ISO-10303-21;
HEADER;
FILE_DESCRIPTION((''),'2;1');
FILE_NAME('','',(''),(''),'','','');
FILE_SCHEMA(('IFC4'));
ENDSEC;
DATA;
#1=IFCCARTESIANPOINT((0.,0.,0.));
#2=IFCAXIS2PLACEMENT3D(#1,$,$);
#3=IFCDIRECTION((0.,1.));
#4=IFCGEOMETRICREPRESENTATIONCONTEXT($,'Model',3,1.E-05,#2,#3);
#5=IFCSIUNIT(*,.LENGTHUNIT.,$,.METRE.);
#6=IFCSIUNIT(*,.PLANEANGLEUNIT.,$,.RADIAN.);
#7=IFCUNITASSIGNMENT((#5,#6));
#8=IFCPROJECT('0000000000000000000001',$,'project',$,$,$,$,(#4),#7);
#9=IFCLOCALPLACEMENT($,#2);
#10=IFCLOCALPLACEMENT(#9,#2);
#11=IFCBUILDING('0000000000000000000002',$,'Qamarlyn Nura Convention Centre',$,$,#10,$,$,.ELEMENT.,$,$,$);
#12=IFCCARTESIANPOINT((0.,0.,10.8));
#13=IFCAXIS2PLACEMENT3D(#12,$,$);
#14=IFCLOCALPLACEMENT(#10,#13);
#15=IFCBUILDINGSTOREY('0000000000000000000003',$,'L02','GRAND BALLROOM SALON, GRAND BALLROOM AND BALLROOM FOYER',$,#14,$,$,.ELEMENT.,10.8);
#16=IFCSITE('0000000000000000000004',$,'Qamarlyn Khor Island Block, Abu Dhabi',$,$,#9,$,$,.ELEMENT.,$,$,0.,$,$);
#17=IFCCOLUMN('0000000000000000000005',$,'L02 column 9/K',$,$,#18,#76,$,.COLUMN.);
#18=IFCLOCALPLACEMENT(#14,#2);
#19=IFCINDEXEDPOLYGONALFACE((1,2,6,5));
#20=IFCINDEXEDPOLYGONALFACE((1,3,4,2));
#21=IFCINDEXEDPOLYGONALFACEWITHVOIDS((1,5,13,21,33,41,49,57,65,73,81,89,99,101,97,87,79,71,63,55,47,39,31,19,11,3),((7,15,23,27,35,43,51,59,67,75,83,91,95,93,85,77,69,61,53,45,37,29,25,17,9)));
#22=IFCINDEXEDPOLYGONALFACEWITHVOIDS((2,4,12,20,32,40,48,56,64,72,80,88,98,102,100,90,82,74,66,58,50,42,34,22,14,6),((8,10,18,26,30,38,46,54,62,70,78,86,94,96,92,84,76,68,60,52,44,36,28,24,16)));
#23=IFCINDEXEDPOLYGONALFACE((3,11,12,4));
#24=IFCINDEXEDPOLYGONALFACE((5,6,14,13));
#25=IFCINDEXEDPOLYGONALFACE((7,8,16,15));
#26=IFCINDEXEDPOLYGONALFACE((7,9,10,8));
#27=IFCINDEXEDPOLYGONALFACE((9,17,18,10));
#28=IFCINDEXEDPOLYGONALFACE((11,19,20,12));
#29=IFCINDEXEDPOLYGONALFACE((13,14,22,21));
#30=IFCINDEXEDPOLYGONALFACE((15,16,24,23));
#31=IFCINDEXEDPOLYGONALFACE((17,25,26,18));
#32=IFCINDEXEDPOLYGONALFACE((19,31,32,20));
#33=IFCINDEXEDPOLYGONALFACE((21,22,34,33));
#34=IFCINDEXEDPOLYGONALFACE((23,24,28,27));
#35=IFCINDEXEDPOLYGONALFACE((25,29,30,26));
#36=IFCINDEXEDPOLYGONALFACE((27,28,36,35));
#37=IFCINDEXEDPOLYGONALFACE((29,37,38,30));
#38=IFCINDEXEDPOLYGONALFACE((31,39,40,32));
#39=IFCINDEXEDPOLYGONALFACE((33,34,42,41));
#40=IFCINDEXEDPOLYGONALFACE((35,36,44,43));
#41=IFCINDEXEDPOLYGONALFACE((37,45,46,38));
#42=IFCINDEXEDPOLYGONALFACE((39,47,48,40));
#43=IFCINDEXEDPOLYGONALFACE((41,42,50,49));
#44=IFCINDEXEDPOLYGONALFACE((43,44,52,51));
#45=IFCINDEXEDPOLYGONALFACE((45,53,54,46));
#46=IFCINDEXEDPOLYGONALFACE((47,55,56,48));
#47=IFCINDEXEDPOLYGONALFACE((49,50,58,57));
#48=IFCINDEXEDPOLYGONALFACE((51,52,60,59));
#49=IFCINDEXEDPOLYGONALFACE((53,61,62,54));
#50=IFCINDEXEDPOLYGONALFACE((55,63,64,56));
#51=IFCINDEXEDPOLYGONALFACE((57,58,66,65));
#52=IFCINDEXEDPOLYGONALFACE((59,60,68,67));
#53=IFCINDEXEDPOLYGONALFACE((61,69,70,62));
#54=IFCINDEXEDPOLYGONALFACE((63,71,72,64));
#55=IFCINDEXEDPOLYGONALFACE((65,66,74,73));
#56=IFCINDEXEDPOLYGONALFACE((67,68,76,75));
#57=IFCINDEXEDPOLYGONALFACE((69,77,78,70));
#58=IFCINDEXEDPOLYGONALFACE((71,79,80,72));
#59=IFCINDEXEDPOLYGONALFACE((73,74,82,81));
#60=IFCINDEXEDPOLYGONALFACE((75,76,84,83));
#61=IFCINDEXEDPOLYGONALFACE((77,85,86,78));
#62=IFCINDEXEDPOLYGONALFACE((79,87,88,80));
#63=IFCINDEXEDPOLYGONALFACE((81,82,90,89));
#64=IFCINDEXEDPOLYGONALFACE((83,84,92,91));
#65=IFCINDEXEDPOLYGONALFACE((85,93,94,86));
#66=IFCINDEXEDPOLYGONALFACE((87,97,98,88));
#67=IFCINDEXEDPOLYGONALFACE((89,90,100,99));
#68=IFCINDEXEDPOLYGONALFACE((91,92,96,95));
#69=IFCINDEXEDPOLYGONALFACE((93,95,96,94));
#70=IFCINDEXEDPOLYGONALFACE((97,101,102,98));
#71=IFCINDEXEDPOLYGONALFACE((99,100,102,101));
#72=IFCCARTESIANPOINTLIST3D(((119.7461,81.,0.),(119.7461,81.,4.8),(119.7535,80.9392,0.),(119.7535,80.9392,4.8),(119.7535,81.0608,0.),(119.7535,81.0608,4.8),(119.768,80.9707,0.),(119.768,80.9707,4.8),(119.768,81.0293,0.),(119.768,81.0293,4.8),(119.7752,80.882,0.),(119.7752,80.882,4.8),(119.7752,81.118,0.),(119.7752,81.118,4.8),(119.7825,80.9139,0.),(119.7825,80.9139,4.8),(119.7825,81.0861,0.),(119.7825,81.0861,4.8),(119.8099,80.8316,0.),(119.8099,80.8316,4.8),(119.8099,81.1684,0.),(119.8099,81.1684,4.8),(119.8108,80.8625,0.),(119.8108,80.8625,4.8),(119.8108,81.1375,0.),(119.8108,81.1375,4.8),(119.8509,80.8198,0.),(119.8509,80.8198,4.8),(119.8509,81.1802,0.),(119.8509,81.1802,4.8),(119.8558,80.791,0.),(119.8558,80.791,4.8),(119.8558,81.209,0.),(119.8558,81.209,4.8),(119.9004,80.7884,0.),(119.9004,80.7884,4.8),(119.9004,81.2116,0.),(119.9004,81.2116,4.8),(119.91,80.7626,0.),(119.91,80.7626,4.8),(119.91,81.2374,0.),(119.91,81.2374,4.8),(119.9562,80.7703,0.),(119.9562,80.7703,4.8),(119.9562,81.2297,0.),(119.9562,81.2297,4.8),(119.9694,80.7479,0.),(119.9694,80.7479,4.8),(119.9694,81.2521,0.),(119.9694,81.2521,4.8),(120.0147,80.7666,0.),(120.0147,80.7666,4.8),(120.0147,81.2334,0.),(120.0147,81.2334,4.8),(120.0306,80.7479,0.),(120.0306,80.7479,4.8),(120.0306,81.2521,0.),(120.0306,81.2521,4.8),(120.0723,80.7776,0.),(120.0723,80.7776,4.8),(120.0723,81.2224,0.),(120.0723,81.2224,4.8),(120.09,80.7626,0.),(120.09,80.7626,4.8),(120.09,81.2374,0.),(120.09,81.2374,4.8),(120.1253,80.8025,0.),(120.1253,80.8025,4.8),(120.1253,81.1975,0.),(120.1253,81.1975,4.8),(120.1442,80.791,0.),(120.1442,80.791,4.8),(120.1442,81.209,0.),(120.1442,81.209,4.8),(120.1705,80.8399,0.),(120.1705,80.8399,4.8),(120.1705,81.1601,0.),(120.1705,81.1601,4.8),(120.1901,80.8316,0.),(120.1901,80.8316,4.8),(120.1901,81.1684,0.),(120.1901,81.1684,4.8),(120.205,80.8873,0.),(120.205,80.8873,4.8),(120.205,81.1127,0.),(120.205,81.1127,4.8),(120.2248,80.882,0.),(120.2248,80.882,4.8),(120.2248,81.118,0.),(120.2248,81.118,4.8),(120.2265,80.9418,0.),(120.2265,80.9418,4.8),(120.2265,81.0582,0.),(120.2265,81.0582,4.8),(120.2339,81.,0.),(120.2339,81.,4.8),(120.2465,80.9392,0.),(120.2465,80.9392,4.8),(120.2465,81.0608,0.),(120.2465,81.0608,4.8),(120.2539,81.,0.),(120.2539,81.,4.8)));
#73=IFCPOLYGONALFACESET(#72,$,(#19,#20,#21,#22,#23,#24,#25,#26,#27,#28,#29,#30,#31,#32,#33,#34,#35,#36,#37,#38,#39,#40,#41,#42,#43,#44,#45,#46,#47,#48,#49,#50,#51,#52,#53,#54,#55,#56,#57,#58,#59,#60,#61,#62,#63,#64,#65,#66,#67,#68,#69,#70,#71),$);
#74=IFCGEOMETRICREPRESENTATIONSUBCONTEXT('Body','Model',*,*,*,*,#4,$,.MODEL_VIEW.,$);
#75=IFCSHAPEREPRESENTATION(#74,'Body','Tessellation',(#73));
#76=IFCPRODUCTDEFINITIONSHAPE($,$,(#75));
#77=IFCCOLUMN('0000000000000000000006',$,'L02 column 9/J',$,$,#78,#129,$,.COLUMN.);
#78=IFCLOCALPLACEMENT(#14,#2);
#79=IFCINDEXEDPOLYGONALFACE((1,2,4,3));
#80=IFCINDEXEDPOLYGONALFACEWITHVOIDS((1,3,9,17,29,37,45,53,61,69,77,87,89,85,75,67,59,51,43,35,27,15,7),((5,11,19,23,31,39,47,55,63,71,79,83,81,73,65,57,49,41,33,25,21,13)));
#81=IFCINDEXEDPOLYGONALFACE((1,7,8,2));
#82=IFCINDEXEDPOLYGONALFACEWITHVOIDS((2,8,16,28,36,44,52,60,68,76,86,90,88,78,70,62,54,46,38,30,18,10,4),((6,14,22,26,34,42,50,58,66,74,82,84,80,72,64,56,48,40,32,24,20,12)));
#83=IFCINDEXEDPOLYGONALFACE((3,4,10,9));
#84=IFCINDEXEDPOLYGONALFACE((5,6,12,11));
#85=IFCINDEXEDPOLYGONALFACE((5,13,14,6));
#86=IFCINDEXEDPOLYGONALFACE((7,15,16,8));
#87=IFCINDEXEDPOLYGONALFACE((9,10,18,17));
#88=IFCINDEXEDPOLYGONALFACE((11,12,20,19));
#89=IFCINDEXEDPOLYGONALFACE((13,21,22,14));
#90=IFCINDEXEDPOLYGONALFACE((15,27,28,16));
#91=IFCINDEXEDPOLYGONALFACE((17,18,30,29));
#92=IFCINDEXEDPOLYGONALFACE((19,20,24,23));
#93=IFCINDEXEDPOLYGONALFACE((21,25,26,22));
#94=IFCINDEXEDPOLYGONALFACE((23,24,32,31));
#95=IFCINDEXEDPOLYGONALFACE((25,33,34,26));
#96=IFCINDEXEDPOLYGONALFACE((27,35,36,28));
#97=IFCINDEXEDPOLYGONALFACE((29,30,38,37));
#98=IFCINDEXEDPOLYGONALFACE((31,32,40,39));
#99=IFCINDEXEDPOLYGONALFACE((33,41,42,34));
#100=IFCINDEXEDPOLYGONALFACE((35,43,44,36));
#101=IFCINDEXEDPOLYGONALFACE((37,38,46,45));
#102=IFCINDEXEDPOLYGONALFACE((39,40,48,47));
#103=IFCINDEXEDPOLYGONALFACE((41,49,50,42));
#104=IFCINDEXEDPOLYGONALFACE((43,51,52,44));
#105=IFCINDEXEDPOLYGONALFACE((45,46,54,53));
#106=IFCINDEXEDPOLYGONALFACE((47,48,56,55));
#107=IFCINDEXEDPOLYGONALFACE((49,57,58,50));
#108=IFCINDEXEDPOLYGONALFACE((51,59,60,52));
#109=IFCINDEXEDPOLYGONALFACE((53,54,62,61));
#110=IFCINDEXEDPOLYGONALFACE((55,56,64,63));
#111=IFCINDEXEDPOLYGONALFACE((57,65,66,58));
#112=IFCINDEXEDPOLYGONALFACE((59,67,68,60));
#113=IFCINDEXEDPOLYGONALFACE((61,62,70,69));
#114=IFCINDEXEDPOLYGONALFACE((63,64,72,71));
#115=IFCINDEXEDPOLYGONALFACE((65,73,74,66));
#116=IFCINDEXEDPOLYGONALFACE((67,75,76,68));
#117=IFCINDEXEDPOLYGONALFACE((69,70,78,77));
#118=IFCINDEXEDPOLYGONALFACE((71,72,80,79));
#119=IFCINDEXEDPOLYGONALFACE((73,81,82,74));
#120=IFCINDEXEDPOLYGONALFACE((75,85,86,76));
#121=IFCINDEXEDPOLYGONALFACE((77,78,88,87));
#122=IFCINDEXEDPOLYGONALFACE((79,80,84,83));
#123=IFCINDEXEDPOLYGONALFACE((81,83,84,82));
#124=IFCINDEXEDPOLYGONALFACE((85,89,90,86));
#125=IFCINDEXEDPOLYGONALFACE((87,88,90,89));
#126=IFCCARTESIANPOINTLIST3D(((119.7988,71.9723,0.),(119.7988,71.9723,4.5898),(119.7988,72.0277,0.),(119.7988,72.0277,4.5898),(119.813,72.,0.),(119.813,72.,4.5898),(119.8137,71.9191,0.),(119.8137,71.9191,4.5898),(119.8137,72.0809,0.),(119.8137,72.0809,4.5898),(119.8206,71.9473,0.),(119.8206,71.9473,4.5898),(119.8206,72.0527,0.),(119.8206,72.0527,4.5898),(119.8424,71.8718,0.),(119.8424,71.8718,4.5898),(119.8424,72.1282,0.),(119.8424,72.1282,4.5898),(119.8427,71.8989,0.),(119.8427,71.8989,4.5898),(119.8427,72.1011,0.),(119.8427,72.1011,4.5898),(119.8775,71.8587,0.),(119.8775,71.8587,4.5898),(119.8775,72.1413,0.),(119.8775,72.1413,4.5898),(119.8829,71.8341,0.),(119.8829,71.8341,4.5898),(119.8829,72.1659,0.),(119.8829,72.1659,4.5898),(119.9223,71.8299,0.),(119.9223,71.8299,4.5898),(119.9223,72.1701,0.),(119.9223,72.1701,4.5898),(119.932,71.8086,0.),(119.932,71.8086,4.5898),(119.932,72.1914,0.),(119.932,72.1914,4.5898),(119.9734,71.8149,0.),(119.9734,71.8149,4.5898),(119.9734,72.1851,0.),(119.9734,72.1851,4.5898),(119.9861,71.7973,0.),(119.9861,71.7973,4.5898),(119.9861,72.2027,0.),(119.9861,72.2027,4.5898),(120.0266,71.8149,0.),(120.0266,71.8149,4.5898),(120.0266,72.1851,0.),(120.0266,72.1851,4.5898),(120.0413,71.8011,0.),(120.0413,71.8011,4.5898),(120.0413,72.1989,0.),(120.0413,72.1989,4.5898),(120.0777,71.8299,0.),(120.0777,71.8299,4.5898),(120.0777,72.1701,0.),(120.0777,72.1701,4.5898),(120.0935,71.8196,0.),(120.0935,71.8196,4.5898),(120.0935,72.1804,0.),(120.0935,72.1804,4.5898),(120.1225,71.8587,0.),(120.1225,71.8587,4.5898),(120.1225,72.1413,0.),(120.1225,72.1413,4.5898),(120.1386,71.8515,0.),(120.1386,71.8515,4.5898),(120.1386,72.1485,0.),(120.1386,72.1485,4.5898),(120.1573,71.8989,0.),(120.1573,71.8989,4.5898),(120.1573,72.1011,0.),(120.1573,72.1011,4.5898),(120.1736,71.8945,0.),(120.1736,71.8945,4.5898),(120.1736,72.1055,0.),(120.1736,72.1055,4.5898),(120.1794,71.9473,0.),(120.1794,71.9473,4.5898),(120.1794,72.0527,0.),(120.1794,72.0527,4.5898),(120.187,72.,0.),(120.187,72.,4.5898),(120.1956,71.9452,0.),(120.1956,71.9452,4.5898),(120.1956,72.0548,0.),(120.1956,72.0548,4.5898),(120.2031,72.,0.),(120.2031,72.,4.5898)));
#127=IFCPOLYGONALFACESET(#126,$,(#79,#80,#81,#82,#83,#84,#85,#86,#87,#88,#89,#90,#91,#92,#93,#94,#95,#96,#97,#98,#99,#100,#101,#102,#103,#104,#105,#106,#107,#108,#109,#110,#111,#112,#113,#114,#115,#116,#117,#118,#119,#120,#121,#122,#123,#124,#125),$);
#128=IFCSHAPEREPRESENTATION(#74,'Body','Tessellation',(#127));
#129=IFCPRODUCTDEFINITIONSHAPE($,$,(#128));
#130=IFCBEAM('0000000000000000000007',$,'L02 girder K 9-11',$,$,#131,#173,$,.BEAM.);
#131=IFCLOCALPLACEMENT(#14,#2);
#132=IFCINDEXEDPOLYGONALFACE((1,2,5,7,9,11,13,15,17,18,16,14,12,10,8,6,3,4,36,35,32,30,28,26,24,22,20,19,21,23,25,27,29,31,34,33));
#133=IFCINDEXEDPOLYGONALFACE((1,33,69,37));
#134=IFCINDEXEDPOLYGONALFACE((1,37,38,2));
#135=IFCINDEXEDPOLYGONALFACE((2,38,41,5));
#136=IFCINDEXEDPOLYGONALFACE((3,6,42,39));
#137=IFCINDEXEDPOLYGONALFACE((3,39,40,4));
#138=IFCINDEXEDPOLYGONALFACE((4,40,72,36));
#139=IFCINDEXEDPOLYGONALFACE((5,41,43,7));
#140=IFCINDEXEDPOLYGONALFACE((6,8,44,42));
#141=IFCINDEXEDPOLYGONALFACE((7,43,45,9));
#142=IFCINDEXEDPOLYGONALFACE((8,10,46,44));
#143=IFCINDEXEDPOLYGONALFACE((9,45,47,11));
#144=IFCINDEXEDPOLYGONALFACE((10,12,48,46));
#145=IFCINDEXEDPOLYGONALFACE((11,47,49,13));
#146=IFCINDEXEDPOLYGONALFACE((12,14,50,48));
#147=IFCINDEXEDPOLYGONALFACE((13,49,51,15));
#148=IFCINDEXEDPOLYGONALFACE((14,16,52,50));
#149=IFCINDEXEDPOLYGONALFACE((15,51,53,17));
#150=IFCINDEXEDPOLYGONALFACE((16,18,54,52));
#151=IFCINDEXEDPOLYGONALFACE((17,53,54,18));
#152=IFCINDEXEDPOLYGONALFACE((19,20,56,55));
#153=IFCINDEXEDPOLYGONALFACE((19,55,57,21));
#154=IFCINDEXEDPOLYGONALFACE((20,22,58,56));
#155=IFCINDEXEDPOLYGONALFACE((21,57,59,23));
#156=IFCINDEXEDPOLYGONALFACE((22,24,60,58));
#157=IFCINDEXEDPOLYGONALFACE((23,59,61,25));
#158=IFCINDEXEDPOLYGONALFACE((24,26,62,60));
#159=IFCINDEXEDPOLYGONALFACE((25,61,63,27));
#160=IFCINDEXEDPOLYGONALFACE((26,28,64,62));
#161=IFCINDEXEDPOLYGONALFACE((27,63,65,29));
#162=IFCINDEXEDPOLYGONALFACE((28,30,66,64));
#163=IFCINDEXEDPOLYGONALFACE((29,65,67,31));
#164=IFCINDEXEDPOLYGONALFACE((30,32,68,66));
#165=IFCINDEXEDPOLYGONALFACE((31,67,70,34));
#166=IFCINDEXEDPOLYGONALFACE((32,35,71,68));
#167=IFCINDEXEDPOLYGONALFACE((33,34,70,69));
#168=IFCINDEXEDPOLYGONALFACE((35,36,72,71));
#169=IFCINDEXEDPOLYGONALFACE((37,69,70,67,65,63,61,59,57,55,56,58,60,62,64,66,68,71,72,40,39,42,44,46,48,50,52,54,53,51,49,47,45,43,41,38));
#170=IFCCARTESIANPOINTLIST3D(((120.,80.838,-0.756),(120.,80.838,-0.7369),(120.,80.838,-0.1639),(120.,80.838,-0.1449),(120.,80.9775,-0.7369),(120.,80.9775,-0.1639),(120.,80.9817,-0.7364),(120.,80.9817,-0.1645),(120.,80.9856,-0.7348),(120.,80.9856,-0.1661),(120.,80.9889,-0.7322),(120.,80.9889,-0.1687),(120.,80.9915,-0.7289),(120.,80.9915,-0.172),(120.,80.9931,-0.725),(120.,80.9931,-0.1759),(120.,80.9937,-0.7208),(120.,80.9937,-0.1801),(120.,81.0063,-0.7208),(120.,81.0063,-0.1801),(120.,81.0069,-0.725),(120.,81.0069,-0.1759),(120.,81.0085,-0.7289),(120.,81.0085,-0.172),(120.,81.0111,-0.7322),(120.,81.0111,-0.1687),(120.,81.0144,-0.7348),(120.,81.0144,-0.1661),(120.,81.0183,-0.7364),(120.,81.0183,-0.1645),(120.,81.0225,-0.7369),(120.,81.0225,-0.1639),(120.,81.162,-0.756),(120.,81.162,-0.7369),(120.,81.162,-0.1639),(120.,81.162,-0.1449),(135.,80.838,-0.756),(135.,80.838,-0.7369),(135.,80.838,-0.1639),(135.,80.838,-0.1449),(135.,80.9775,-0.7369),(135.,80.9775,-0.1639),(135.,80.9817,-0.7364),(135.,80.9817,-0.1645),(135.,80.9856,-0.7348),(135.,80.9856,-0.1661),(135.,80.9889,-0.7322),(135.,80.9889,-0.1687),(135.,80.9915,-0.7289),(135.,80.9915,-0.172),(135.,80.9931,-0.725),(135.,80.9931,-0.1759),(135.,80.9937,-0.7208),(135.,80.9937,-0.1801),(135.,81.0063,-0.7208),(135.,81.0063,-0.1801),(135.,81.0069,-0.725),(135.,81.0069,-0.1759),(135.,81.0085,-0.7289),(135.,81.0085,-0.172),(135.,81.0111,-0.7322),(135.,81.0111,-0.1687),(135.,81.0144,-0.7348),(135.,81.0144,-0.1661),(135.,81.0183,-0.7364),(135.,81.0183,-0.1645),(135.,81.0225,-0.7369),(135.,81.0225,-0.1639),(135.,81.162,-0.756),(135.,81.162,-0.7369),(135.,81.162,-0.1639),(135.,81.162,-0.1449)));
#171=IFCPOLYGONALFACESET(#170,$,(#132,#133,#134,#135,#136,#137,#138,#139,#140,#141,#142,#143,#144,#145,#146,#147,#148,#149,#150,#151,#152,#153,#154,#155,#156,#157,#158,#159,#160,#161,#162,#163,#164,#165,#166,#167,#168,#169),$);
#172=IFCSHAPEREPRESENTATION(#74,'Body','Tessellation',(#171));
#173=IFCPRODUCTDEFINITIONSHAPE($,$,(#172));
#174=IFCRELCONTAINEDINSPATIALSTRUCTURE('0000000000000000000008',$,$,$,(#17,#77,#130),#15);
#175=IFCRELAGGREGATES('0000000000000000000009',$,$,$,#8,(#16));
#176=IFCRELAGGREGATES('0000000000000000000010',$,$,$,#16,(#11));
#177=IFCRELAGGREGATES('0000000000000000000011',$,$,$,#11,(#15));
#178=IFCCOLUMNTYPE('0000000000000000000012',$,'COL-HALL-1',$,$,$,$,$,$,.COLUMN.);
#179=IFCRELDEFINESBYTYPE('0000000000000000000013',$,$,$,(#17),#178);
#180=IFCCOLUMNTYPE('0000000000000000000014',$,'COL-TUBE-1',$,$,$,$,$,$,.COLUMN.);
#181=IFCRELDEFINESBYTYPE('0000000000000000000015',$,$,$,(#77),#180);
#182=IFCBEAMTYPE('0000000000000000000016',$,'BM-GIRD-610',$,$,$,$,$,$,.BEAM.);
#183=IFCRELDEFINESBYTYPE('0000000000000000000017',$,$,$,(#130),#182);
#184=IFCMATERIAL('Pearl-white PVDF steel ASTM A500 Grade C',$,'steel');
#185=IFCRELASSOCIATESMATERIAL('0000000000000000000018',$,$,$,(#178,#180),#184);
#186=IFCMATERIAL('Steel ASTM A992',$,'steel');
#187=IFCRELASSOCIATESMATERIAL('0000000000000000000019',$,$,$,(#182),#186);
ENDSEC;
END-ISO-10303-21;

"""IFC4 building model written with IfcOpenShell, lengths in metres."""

from ifc_helpers import new_model, si_unit, direction, frame, origin, origin_2d, place, context, subcontext, project, spatial, hollow_circle, i_section, extrude, material, material_profile, profile_set, type_object, element, save


model = new_model("IFC4")

# Units and contexts
model_context = context("Model", 3, precision=1e-05, world=origin(), true_north=direction((0.0, 1.0)))
body_context = subcontext(model_context, "Body", "Model", "MODEL_VIEW")
ifc_project = project(units=[si_unit("LENGTHUNIT", "METRE"), si_unit("PLANEANGLEUNIT", "RADIAN")], contexts=[model_context])

# Site, building, storey
site_placement = place(None, origin())
site = spatial("IfcSite", under=ifc_project, at=site_placement, Name="Qamarlyn Khor Island Block, Abu Dhabi", CompositionType="ELEMENT", RefElevation=0.0)
building_placement = place(site_placement, origin())
building = spatial("IfcBuilding", under=site, at=building_placement, Name="Qamarlyn Nura Convention Centre", CompositionType="ELEMENT")
storey_placement = place(building_placement, frame((0.0, 0.0, 10.8)))
storey = spatial("IfcBuildingStorey", under=building, at=storey_placement, Name="L02", Description="GRAND BALLROOM SALON, GRAND BALLROOM AND BALLROOM FOYER", CompositionType="ELEMENT", Elevation=10.8)

# Columns
ifc_material_1 = material(Name="Pearl-white PVDF steel ASTM A500 Grade C", Category="steel")
ifc_material_profile_1 = material_profile(ifc_material_1, hollow_circle(Radius=0.2539, WallThickness=0.02, at=origin_2d()), Name="CHS508X20")
ifc_profile_set_1 = profile_set([ifc_material_profile_1], Name="Pearl-white PVDF steel ASTM A500 Grade C")
column_type_1 = type_object("IfcColumnType", Name="COL-HALL-1", PredefinedType="COLUMN", material=ifc_profile_set_1)
column_1_placement = place(storey_placement, frame((120.0, 81.0, 0.0), z_axis=(0.0, 0.0, 1.0), x_axis=(1.0, 0.0, 0.0)))
element("IfcColumn", 1, at=column_1_placement, inside=storey, type_object=column_type_1, Name="L02 column 9/K", PredefinedType="COLUMN", context=body_context, shape_type="SweptSolid", body=[
    extrude(hollow_circle(Radius=0.2539, WallThickness=0.02, at=origin_2d()), origin(), (0.0, 0.0, 1.0), 4.8),
])
ifc_material_profile_2 = material_profile(ifc_material_1, hollow_circle(Radius=0.2031, WallThickness=0.0161, at=origin_2d()), Name="CHS406.4X16")
ifc_profile_set_2 = profile_set([ifc_material_profile_2], Name="Pearl-white PVDF steel ASTM A500 Grade C")
column_type_2 = type_object("IfcColumnType", Name="COL-TUBE-1", PredefinedType="COLUMN", material=ifc_profile_set_2)
column_2_placement = place(storey_placement, frame((120.0, 72.0, 0.0), z_axis=(0.0, 0.0, 1.0), x_axis=(1.0, 0.0, 0.0)))
element("IfcColumn", 2, at=column_2_placement, inside=storey, type_object=column_type_2, Name="L02 column 9/J", PredefinedType="COLUMN", context=body_context, shape_type="SweptSolid", body=[
    extrude(hollow_circle(Radius=0.2031, WallThickness=0.0161, at=origin_2d()), origin(), (0.0, 0.0, 1.0), 4.5898),
])

# Beam
ifc_material_2 = material(Name="Steel ASTM A992", Category="steel")
ifc_material_profile_3 = material_profile(ifc_material_2, i_section(OverallWidth=0.324, OverallDepth=0.6111, WebThickness=0.0127, FlangeThickness=0.019, FilletRadius=0.0161, at=origin_2d()), Name="W610X155")
ifc_profile_set_3 = profile_set([ifc_material_profile_3], Name="Steel ASTM A992")
beam_type_1 = type_object("IfcBeamType", Name="BM-GIRD-610", PredefinedType="BEAM", material=ifc_profile_set_3)
beam_1_placement = place(storey_placement, frame((120.0, 81.0, -0.4504), z_axis=(1.0, 0.0, 0.0), x_axis=(0.0, 1.0, 0.0)))
element("IfcBeam", 3, at=beam_1_placement, inside=storey, type_object=beam_type_1, Name="L02 girder K 9-11", PredefinedType="BEAM", context=body_context, shape_type="SweptSolid", body=[
    extrude(i_section(OverallWidth=0.324, OverallDepth=0.6111, WebThickness=0.0127, FlangeThickness=0.019, FilletRadius=0.0161, at=origin_2d()), origin(), (0.0, 0.0, 1.0), 15.0),
])

save(model, "model.ifc")
